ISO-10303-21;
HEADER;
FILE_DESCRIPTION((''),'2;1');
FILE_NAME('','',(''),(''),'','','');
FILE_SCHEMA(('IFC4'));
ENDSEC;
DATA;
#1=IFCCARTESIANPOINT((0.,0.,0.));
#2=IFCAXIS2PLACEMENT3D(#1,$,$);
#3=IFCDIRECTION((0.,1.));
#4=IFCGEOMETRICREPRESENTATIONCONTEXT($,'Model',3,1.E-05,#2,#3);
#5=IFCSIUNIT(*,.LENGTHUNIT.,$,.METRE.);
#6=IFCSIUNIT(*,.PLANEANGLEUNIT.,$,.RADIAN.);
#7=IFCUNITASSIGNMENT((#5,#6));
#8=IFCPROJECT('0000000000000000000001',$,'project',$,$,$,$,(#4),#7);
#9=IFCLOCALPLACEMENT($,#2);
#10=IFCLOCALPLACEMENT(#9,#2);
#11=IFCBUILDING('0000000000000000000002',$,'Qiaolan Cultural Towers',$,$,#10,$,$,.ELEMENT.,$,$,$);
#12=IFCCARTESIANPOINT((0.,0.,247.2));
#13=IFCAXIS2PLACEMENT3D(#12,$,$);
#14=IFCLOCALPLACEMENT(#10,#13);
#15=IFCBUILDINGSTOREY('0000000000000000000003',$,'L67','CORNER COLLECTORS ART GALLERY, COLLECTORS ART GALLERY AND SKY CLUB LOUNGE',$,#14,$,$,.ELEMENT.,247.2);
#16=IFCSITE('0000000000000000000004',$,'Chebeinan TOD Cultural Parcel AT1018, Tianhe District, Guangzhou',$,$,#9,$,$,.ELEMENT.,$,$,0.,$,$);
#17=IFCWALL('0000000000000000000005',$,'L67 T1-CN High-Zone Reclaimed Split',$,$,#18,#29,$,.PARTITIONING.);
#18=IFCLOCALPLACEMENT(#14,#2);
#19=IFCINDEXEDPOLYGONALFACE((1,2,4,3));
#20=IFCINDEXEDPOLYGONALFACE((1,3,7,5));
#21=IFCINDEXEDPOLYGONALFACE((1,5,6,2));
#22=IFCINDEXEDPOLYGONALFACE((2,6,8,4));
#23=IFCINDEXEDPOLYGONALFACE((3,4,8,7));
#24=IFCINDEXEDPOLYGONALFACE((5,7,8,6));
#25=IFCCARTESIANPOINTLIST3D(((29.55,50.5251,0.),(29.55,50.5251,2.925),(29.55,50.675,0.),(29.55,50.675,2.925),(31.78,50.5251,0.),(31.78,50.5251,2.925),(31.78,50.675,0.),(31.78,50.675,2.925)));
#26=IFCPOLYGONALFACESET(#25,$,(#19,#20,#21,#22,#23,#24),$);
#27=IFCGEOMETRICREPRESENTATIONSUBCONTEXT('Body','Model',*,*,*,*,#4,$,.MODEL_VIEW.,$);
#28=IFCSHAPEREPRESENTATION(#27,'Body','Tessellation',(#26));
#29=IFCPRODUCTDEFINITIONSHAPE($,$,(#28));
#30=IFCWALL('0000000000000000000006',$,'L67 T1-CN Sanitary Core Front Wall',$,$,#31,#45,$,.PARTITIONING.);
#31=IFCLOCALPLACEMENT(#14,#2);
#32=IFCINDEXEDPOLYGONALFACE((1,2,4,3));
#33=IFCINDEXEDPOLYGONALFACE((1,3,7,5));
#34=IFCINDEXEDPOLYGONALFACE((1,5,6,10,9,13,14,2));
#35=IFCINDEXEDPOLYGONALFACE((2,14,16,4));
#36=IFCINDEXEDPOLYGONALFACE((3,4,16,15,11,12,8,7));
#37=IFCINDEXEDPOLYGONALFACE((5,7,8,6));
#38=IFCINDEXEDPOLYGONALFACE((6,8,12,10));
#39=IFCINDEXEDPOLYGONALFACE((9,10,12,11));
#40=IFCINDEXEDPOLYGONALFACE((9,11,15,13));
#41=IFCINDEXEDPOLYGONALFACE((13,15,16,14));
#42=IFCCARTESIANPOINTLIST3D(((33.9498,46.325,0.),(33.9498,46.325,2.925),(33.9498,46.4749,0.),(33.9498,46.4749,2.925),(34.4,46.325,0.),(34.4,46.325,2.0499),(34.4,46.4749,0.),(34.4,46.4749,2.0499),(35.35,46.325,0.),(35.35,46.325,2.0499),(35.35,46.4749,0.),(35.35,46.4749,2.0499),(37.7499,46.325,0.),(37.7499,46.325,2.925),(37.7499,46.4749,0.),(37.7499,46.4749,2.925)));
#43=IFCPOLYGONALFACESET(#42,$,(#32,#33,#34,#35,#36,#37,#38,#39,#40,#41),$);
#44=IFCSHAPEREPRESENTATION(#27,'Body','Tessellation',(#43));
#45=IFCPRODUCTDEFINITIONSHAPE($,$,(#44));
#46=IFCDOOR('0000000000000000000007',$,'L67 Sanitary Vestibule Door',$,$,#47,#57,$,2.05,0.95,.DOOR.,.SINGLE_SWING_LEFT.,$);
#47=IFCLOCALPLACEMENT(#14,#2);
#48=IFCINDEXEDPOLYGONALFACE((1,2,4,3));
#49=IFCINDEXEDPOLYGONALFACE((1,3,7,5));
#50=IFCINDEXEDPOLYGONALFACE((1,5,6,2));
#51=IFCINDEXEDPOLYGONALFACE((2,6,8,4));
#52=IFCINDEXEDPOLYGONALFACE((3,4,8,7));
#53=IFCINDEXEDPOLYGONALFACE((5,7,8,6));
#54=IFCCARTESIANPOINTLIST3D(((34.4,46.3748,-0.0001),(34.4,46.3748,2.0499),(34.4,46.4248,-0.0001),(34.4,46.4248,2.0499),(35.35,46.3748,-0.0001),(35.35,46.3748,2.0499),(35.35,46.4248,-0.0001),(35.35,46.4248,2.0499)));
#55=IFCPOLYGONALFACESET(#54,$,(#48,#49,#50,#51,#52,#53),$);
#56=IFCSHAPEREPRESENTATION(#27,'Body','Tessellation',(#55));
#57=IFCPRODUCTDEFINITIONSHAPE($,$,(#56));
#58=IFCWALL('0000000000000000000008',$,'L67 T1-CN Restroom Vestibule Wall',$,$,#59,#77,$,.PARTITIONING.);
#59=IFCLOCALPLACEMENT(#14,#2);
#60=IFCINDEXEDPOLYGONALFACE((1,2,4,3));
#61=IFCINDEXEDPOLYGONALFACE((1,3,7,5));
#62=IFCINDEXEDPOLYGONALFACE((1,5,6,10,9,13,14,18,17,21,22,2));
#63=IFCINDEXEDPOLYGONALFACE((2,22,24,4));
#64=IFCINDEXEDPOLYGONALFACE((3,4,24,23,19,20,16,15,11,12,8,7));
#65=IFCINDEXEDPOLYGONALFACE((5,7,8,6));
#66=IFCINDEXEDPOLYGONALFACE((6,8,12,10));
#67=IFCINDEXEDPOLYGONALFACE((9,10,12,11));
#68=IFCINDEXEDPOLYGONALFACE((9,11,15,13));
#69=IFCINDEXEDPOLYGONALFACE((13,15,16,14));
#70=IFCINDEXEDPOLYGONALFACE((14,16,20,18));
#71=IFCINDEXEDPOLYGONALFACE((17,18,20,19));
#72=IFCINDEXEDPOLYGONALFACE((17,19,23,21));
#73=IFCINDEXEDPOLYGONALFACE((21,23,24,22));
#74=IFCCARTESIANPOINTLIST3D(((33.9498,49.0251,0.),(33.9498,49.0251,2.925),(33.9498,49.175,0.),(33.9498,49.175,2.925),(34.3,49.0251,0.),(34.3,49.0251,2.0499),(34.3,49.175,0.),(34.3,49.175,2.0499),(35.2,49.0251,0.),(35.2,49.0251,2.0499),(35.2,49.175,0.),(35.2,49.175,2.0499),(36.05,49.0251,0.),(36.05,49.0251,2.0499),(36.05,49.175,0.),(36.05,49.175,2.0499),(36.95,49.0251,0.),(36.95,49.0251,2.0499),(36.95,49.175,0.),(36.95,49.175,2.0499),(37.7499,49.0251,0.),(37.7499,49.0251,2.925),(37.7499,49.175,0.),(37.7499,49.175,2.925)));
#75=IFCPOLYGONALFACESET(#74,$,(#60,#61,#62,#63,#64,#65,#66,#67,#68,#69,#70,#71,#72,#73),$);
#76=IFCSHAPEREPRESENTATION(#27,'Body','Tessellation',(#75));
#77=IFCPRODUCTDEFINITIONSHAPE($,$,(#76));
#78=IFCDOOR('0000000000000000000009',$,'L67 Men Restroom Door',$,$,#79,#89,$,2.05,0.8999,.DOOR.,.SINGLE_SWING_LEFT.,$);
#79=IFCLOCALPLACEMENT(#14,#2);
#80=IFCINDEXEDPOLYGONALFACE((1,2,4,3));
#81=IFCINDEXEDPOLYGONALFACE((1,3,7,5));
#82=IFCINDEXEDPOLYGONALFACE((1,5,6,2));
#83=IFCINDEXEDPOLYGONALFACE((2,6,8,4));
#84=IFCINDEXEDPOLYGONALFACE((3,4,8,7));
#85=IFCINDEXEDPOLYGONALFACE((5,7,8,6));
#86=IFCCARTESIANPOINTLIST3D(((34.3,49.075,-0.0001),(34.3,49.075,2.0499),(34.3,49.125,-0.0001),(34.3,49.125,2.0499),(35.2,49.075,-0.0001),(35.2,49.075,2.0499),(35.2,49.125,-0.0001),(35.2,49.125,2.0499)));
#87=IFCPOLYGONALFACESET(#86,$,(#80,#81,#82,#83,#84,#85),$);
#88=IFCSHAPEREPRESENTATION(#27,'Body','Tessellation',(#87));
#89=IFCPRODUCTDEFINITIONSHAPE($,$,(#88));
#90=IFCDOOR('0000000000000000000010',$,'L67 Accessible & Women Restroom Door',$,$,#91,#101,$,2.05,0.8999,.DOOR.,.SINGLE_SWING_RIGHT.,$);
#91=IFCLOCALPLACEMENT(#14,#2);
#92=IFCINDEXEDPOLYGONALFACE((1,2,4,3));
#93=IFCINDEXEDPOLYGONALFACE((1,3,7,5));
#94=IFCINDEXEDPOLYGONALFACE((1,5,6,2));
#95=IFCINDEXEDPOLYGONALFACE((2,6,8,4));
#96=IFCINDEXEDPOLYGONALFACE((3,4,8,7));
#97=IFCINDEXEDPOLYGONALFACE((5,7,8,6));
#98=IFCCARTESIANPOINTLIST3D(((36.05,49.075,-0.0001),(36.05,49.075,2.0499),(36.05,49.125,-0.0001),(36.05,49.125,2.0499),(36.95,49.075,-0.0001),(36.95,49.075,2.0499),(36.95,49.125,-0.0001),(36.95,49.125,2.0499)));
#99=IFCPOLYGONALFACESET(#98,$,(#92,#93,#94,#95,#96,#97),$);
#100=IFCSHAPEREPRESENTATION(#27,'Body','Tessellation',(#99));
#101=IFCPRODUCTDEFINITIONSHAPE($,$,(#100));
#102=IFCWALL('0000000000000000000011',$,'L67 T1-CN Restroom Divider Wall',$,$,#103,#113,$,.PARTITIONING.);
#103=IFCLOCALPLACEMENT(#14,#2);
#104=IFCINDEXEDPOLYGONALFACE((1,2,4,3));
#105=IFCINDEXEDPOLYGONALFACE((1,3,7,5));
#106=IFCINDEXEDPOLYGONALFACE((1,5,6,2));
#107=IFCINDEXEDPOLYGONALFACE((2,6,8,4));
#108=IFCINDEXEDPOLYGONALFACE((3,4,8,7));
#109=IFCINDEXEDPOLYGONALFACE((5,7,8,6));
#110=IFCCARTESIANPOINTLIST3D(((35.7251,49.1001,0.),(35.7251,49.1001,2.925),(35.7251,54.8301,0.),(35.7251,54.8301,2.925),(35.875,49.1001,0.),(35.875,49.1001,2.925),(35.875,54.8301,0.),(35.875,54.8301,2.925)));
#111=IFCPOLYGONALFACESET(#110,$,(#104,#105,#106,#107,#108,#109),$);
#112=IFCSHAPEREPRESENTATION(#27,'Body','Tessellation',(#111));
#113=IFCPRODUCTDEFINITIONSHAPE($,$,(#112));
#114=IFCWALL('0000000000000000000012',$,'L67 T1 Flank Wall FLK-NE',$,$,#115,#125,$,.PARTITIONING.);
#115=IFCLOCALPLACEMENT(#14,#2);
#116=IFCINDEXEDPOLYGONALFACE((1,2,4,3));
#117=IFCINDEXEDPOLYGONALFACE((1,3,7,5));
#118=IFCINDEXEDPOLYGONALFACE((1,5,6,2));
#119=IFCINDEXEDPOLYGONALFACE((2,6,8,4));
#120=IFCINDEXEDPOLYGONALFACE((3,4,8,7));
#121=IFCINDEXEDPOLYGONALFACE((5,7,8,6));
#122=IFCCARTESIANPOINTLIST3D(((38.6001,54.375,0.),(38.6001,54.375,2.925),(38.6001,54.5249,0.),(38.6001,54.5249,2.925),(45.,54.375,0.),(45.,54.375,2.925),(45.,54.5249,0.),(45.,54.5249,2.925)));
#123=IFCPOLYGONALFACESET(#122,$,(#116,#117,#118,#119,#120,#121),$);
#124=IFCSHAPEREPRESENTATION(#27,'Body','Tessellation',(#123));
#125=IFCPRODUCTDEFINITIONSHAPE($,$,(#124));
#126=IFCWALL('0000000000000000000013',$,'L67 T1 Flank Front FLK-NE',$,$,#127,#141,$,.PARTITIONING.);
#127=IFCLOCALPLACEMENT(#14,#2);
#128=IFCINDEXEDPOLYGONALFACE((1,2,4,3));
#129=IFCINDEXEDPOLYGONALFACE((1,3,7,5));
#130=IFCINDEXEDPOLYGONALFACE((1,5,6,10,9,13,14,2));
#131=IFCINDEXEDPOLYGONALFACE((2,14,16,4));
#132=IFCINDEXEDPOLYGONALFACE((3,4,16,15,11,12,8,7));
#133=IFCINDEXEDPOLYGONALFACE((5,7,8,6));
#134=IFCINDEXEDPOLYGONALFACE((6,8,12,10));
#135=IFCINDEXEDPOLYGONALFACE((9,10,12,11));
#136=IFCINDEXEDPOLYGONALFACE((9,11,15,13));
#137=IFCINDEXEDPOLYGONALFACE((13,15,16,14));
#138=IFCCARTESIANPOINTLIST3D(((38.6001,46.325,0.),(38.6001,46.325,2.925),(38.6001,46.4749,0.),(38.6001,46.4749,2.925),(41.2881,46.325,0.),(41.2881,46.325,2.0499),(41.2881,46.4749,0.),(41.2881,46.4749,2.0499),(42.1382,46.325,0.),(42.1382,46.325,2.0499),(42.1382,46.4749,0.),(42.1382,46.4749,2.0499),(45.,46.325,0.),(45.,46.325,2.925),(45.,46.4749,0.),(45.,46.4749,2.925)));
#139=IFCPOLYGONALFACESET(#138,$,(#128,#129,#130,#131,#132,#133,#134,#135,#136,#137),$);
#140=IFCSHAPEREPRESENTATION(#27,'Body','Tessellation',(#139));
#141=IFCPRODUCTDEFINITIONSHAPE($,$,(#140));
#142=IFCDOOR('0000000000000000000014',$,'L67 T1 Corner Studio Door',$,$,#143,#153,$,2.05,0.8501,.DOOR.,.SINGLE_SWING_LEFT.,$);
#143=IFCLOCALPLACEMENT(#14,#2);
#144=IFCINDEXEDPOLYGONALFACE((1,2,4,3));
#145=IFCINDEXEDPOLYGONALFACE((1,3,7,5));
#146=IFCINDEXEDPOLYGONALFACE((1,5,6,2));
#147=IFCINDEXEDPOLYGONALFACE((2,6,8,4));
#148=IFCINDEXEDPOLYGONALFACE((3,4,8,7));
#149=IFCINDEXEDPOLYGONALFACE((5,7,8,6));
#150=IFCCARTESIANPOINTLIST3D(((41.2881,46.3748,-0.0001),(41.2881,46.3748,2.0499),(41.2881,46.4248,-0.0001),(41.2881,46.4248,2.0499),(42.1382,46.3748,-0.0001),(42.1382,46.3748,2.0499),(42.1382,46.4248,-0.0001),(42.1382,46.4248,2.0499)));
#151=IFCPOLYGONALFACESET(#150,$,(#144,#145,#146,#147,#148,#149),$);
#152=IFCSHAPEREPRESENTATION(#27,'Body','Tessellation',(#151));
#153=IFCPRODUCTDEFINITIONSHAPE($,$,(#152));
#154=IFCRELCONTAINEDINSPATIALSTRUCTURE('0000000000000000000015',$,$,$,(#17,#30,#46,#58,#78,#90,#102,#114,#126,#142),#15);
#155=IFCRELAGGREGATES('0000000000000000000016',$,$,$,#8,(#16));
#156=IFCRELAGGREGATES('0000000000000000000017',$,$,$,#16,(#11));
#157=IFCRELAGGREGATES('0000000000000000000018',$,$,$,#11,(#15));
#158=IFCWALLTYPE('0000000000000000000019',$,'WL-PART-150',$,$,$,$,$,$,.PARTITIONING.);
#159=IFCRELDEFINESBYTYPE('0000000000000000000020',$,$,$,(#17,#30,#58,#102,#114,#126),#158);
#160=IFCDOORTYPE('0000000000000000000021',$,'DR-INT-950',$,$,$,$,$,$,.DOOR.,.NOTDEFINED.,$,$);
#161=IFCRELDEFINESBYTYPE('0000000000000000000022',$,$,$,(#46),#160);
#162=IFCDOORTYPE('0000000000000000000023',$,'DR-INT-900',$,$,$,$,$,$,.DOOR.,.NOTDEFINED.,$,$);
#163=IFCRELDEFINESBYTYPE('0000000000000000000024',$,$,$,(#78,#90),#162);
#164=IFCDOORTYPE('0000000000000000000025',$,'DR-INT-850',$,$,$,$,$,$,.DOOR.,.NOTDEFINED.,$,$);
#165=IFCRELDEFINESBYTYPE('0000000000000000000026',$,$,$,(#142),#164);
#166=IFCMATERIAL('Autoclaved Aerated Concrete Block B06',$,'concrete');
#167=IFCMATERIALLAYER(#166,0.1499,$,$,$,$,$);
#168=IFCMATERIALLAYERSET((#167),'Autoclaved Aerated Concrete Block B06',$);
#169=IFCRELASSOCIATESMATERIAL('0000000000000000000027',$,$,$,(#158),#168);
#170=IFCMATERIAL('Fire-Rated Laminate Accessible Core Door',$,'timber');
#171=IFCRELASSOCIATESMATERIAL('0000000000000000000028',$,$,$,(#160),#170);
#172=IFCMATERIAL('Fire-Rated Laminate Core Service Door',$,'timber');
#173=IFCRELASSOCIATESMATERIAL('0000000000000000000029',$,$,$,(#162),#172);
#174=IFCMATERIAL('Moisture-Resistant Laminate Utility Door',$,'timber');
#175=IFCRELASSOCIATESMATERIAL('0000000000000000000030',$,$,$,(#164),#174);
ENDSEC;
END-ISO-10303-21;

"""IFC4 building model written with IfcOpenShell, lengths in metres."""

from ifc_helpers import new_model, si_unit, direction, frame, frame_2d, origin, place, context, subcontext, project, spatial, rectangle, extrude, material, layer, layer_set, type_object, element, fill, save


model = new_model("IFC4")

# Units and contexts
model_context = context("Model", 3, precision=1e-05, world=origin(), true_north=direction((0.0, 1.0)))
body_context = subcontext(model_context, "Body", "Model", "MODEL_VIEW")
ifc_project = project(units=[si_unit("LENGTHUNIT", "METRE"), si_unit("PLANEANGLEUNIT", "RADIAN")], contexts=[model_context])

# Site, building, storey
site_placement = place(None, origin())
site = spatial("IfcSite", under=ifc_project, at=site_placement, Name="Chebeinan TOD Cultural Parcel AT1018, Tianhe District, Guangzhou", CompositionType="ELEMENT", RefElevation=0.0)
building_placement = place(site_placement, origin())
building = spatial("IfcBuilding", under=site, at=building_placement, Name="Qiaolan Cultural Towers", CompositionType="ELEMENT")
storey_placement = place(building_placement, frame((0.0, 0.0, 247.2)))
storey = spatial("IfcBuildingStorey", under=building, at=storey_placement, Name="L67", Description="CORNER COLLECTORS ART GALLERY, COLLECTORS ART GALLERY AND SKY CLUB LOUNGE", CompositionType="ELEMENT", Elevation=247.2)

# Wall
ifc_material_1 = material(Name="Autoclaved Aerated Concrete Block B06", Category="concrete")
ifc_layer_1 = layer(ifc_material_1, 0.1499)
ifc_layer_set_1 = layer_set([ifc_layer_1], Name="Autoclaved Aerated Concrete Block B06")
wall_type_1 = type_object("IfcWallType", Name="WL-PART-150", PredefinedType="PARTITIONING", material=ifc_layer_set_1)
wall_1_placement = place(storey_placement, frame((29.55, 50.6001, 0.0), z_axis=(0.0, 0.0, 1.0), x_axis=(1.0, 0.0, 0.0)))
element("IfcWall", 1, at=wall_1_placement, inside=storey, type_object=wall_type_1, Name="L67 T1-CN High-Zone Reclaimed Split", PredefinedType="PARTITIONING", context=body_context, shape_type="SweptSolid", body=[
    extrude(rectangle(XDim=2.23, YDim=0.1499, at=frame_2d((1.115, 0.0))), origin(), (0.0, 0.0, 1.0), 2.925),
])

# Wall, opening, door
wall_2_placement = place(storey_placement, frame((33.95, 46.3999, 0.0), z_axis=(0.0, 0.0, 1.0), x_axis=(1.0, 0.0, 0.0)))
wall_2 = element("IfcWall", 2, at=wall_2_placement, inside=storey, type_object=wall_type_1, Name="L67 T1-CN Sanitary Core Front Wall", PredefinedType="PARTITIONING", context=body_context, shape_type="SweptSolid", body=[
    extrude(rectangle(XDim=3.8, YDim=0.1499, at=frame_2d((1.8999, 0.0))), origin(), (0.0, 0.0, 1.0), 2.925),
])
opening_1_placement = place(wall_2_placement, frame((0.45, 0.0, 0.0)))
opening_1 = element("IfcOpeningElement", 3, at=opening_1_placement, cuts=wall_2, PredefinedType="OPENING", context=body_context, shape_type="SweptSolid", body=[
    extrude(rectangle(XDim=0.95, YDim=2.05, at=frame_2d((0.4751, 1.0249))), frame((0.0, 0.085, 0.0), z_axis=(0.0, -1.0, 0.0), x_axis=(1.0, 0.0, 0.0)), (0.0, 0.0, 1.0), 0.1699),
])
ifc_material_2 = material(Name="Fire-Rated Laminate Accessible Core Door", Category="timber")
door_type_1 = type_object("IfcDoorType", Name="DR-INT-950", OperationType="NOTDEFINED", PredefinedType="DOOR", material=ifc_material_2)
door_1_placement = place(opening_1_placement, origin())
door_1 = element("IfcDoor", 4, at=door_1_placement, inside=storey, type_object=door_type_1, Name="L67 Sanitary Vestibule Door", OperationType="SINGLE_SWING_LEFT", OverallHeight=2.05, OverallWidth=0.95, PredefinedType="DOOR", context=body_context, shape_type="SweptSolid", body=[
    extrude(rectangle(XDim=0.95, YDim=2.05, at=frame_2d((0.4751, 1.0249))), frame((0.0, 0.0249, 0.0), z_axis=(0.0, -1.0, 0.0), x_axis=(1.0, 0.0, 0.0)), (0.0, 0.0, 1.0), 0.05),
])
fill(opening_1, door_1)

# Wall, openings, doors
wall_3_placement = place(storey_placement, frame((33.95, 49.1001, 0.0), z_axis=(0.0, 0.0, 1.0), x_axis=(1.0, 0.0, 0.0)))
wall_3 = element("IfcWall", 5, at=wall_3_placement, inside=storey, type_object=wall_type_1, Name="L67 T1-CN Restroom Vestibule Wall", PredefinedType="PARTITIONING", context=body_context, shape_type="SweptSolid", body=[
    extrude(rectangle(XDim=3.8, YDim=0.1499, at=frame_2d((1.8999, 0.0))), origin(), (0.0, 0.0, 1.0), 2.925),
])
opening_2_placement = place(wall_3_placement, frame((0.3501, 0.0, 0.0)))
opening_2 = element("IfcOpeningElement", 6, at=opening_2_placement, cuts=wall_3, PredefinedType="OPENING", context=body_context, shape_type="SweptSolid", body=[
    extrude(rectangle(XDim=0.8999, YDim=2.05, at=frame_2d((0.45, 1.0249))), frame((0.0, 0.085, 0.0), z_axis=(0.0, -1.0, 0.0), x_axis=(1.0, 0.0, 0.0)), (0.0, 0.0, 1.0), 0.1699),
])
opening_3_placement = place(wall_3_placement, frame((2.1001, 0.0, 0.0)))
opening_3 = element("IfcOpeningElement", 7, at=opening_3_placement, cuts=wall_3, PredefinedType="OPENING", context=body_context, shape_type="SweptSolid", body=[
    extrude(rectangle(XDim=0.8999, YDim=2.05, at=frame_2d((0.45, 1.0249))), frame((0.0, 0.085, 0.0), z_axis=(0.0, -1.0, 0.0), x_axis=(1.0, 0.0, 0.0)), (0.0, 0.0, 1.0), 0.1699),
])
ifc_material_3 = material(Name="Fire-Rated Laminate Core Service Door", Category="timber")
door_type_2 = type_object("IfcDoorType", Name="DR-INT-900", OperationType="NOTDEFINED", PredefinedType="DOOR", material=ifc_material_3)
door_2_placement = place(opening_2_placement, origin())
door_2 = element("IfcDoor", 8, at=door_2_placement, inside=storey, type_object=door_type_2, Name="L67 Men Restroom Door", OperationType="SINGLE_SWING_LEFT", OverallHeight=2.05, OverallWidth=0.8999, PredefinedType="DOOR", context=body_context, shape_type="SweptSolid", body=[
    extrude(rectangle(XDim=0.8999, YDim=2.05, at=frame_2d((0.45, 1.0249))), frame((0.0, 0.0249, 0.0), z_axis=(0.0, -1.0, 0.0), x_axis=(1.0, 0.0, 0.0)), (0.0, 0.0, 1.0), 0.05),
])
fill(opening_2, door_2)
door_3_placement = place(opening_3_placement, origin())
door_3 = element("IfcDoor", 9, at=door_3_placement, inside=storey, type_object=door_type_2, Name="L67 Accessible & Women Restroom Door", OperationType="SINGLE_SWING_RIGHT", OverallHeight=2.05, OverallWidth=0.8999, PredefinedType="DOOR", context=body_context, shape_type="SweptSolid", body=[
    extrude(rectangle(XDim=0.8999, YDim=2.05, at=frame_2d((0.45, 1.0249))), frame((0.0, 0.0249, 0.0), z_axis=(0.0, -1.0, 0.0), x_axis=(1.0, 0.0, 0.0)), (0.0, 0.0, 1.0), 0.05),
])
fill(opening_3, door_3)

# Walls
wall_4_placement = place(storey_placement, frame((35.8, 49.1001, 0.0), z_axis=(0.0, 0.0, 1.0), x_axis=(0.0, 1.0, 0.0)))
element("IfcWall", 10, at=wall_4_placement, inside=storey, type_object=wall_type_1, Name="L67 T1-CN Restroom Divider Wall", PredefinedType="PARTITIONING", context=body_context, shape_type="SweptSolid", body=[
    extrude(rectangle(XDim=5.73, YDim=0.1499, at=frame_2d((2.865, 0.0))), origin(), (0.0, 0.0, 1.0), 2.925),
])
wall_5_placement = place(storey_placement, frame((38.6001, 54.45, 0.0), z_axis=(0.0, 0.0, 1.0), x_axis=(1.0, 0.0, 0.0)))
element("IfcWall", 11, at=wall_5_placement, inside=storey, type_object=wall_type_1, Name="L67 T1 Flank Wall FLK-NE", PredefinedType="PARTITIONING", context=body_context, shape_type="SweptSolid", body=[
    extrude(rectangle(XDim=6.3999, YDim=0.1499, at=frame_2d((3.2, 0.0))), origin(), (0.0, 0.0, 1.0), 2.925),
])

# Wall, opening, door
wall_6_placement = place(storey_placement, frame((38.6001, 46.3999, 0.0), z_axis=(0.0, 0.0, 1.0), x_axis=(1.0, 0.0, 0.0)))
wall_6 = element("IfcWall", 12, at=wall_6_placement, inside=storey, type_object=wall_type_1, Name="L67 T1 Flank Front FLK-NE", PredefinedType="PARTITIONING", context=body_context, shape_type="SweptSolid", body=[
    extrude(rectangle(XDim=6.3999, YDim=0.1499, at=frame_2d((3.2, 0.0))), origin(), (0.0, 0.0, 1.0), 2.925),
])
opening_4_placement = place(wall_6_placement, frame((2.688, 0.0, 0.0)))
opening_4 = element("IfcOpeningElement", 13, at=opening_4_placement, cuts=wall_6, PredefinedType="OPENING", context=body_context, shape_type="SweptSolid", body=[
    extrude(rectangle(XDim=0.8501, YDim=2.05, at=frame_2d((0.425, 1.0249))), frame((0.0, 0.085, 0.0), z_axis=(0.0, -1.0, 0.0), x_axis=(1.0, 0.0, 0.0)), (0.0, 0.0, 1.0), 0.1699),
])
ifc_material_4 = material(Name="Moisture-Resistant Laminate Utility Door", Category="timber")
door_type_3 = type_object("IfcDoorType", Name="DR-INT-850", OperationType="NOTDEFINED", PredefinedType="DOOR", material=ifc_material_4)
door_4_placement = place(opening_4_placement, origin())
door_4 = element("IfcDoor", 14, at=door_4_placement, inside=storey, type_object=door_type_3, Name="L67 T1 Corner Studio Door", OperationType="SINGLE_SWING_LEFT", OverallHeight=2.05, OverallWidth=0.8501, PredefinedType="DOOR", context=body_context, shape_type="SweptSolid", body=[
    extrude(rectangle(XDim=0.8501, YDim=2.05, at=frame_2d((0.425, 1.0249))), frame((0.0, 0.0249, 0.0), z_axis=(0.0, -1.0, 0.0), x_axis=(1.0, 0.0, 0.0)), (0.0, 0.0, 1.0), 0.05),
])
fill(opening_4, door_4)

save(model, "model.ifc")
